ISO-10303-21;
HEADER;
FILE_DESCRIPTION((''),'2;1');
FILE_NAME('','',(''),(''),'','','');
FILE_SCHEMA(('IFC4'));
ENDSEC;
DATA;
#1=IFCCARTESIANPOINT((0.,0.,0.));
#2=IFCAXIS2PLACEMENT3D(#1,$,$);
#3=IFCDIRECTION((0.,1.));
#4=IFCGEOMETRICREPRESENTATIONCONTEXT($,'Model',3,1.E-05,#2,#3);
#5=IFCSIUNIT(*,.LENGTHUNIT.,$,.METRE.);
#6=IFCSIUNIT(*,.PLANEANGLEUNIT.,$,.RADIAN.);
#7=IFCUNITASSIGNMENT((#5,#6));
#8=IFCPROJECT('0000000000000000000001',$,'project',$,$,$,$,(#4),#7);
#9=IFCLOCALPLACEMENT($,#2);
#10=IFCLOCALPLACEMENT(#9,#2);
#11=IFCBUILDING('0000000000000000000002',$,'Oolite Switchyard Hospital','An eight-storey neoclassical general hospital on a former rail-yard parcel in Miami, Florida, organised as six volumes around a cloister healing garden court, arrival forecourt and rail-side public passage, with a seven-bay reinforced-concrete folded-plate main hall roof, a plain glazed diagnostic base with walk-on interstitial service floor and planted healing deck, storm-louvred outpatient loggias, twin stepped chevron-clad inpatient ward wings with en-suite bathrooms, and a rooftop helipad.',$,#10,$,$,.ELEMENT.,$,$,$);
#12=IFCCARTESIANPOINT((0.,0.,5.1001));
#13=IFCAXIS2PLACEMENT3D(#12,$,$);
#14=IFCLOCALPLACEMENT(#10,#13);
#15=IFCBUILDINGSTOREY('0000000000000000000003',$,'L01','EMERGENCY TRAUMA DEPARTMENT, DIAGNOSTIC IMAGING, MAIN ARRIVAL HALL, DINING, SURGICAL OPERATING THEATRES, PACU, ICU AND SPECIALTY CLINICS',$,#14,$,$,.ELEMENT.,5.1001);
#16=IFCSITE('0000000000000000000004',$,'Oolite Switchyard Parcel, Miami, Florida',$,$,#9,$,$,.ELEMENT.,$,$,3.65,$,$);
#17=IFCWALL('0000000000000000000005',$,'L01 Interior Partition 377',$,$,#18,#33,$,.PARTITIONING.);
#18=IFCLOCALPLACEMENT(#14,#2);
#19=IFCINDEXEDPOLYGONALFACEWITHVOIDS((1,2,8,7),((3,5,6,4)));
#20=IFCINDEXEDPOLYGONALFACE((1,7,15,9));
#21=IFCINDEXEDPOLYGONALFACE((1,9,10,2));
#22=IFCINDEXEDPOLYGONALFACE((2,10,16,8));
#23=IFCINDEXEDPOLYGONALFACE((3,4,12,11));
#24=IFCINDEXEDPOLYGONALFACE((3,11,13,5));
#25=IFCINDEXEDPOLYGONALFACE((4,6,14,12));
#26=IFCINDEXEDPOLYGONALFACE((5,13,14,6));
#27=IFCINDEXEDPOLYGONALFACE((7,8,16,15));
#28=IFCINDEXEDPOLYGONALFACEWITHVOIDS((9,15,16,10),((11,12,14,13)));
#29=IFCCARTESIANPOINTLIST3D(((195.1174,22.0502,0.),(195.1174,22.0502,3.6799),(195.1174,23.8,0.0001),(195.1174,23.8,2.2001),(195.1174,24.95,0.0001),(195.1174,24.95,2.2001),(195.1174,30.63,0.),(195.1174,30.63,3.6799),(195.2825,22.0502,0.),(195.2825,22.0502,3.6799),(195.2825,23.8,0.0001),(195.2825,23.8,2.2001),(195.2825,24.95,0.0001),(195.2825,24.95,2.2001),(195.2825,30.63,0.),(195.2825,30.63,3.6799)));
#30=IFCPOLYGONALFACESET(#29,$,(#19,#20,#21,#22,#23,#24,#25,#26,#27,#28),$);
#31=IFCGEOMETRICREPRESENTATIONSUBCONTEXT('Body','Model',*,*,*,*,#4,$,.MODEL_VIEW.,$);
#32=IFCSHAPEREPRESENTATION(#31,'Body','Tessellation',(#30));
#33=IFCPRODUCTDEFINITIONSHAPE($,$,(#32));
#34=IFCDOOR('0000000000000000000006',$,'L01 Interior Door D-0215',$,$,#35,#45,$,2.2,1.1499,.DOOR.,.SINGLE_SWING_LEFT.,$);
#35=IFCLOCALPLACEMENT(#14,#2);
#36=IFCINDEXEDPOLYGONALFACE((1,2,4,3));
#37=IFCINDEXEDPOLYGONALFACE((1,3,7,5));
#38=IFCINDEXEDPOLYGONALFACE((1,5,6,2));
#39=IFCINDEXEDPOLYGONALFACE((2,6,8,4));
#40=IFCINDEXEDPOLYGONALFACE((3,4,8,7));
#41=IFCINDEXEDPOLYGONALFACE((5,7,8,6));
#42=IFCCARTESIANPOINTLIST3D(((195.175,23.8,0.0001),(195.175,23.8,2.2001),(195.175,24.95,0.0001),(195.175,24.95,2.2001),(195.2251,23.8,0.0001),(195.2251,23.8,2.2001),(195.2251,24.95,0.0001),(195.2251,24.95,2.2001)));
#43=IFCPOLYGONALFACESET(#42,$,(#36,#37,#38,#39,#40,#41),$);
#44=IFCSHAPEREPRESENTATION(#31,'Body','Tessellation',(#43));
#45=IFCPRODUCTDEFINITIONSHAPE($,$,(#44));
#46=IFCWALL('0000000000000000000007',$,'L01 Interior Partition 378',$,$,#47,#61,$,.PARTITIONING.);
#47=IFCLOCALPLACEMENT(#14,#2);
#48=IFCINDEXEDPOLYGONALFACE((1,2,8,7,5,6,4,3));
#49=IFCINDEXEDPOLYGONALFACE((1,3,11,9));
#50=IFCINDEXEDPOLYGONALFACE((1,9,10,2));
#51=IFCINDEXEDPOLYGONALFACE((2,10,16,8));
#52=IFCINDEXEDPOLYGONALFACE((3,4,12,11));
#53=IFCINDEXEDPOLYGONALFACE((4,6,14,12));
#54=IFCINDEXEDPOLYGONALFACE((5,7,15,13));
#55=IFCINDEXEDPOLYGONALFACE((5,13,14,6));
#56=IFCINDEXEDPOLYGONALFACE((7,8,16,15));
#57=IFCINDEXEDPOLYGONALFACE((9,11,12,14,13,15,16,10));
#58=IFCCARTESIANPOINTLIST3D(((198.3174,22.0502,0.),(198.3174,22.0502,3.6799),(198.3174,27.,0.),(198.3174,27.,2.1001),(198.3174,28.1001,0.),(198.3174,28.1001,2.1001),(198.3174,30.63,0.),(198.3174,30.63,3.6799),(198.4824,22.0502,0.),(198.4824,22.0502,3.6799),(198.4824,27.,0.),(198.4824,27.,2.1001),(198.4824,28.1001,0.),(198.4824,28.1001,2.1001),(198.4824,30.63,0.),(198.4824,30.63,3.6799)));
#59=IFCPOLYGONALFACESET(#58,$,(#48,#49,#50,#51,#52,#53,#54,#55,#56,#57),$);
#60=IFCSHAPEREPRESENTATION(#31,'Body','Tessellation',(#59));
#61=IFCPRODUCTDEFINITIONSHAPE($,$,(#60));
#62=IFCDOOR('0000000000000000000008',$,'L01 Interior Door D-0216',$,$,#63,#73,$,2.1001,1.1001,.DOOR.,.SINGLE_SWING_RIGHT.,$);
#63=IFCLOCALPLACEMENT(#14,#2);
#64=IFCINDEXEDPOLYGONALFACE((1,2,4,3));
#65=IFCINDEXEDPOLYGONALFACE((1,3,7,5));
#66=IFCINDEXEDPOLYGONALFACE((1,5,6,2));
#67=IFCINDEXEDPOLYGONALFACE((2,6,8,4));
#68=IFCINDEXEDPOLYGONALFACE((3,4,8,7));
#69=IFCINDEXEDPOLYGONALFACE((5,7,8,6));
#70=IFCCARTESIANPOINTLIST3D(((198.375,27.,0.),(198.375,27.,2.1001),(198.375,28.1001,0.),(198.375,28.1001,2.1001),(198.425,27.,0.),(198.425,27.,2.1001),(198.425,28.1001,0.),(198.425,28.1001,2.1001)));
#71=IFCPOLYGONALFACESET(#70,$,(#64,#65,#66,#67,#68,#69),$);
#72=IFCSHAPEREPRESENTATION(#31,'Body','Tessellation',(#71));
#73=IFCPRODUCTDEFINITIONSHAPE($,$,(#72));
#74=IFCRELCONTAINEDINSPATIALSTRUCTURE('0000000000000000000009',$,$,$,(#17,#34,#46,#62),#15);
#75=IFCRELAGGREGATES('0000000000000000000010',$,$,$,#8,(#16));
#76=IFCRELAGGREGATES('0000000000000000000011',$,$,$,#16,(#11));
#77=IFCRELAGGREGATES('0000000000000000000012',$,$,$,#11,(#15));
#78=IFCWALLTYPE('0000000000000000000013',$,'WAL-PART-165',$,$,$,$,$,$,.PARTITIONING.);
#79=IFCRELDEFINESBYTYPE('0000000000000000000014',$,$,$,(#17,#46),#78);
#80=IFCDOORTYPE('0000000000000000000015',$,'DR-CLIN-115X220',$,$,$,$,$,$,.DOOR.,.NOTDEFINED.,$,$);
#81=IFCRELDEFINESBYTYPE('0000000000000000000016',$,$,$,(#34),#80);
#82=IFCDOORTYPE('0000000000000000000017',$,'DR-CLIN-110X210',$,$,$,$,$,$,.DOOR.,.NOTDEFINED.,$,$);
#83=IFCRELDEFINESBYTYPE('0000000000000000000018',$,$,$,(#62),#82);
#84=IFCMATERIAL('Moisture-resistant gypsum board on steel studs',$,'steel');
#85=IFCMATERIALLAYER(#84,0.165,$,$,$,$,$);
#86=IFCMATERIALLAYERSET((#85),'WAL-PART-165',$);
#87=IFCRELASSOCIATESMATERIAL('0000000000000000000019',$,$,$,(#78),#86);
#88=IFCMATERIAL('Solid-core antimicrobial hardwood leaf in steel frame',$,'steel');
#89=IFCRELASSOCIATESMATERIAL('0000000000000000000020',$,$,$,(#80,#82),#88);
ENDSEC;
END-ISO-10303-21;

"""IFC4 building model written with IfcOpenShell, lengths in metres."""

from ifc_helpers import new_model, si_unit, direction, frame, frame_2d, origin, place, context, subcontext, project, spatial, rectangle, extrude, material, layer, layer_set, type_object, element, fill, save


model = new_model("IFC4")

# Units and contexts
model_context = context("Model", 3, precision=1e-05, world=origin(), true_north=direction((0.0, 1.0)))
body_context = subcontext(model_context, "Body", "Model", "MODEL_VIEW")
ifc_project = project(units=[si_unit("LENGTHUNIT", "METRE"), si_unit("PLANEANGLEUNIT", "RADIAN")], contexts=[model_context])

# Site, building, storey
site_placement = place(None, origin())
site = spatial("IfcSite", under=ifc_project, at=site_placement, Name="Oolite Switchyard Parcel, Miami, Florida", CompositionType="ELEMENT", RefElevation=3.65)
building_placement = place(site_placement, origin())
building = spatial("IfcBuilding", under=site, at=building_placement, Name="Oolite Switchyard Hospital", Description="An eight-storey neoclassical general hospital on a former rail-yard parcel in Miami, Florida, organised as six volumes around a cloister healing garden court, arrival forecourt and rail-side public passage, with a seven-bay reinforced-concrete folded-plate main hall roof, a plain glazed diagnostic base with walk-on interstitial service floor and planted healing deck, storm-louvred outpatient loggias, twin stepped chevron-clad inpatient ward wings with en-suite bathrooms, and a rooftop helipad.", CompositionType="ELEMENT")
storey_placement = place(building_placement, frame((0.0, 0.0, 5.1001)))
storey = spatial("IfcBuildingStorey", under=building, at=storey_placement, Name="L01", Description="EMERGENCY TRAUMA DEPARTMENT, DIAGNOSTIC IMAGING, MAIN ARRIVAL HALL, DINING, SURGICAL OPERATING THEATRES, PACU, ICU AND SPECIALTY CLINICS", CompositionType="ELEMENT", Elevation=5.1001)

# Walls, openings, doors
ifc_material_1 = material(Name="Moisture-resistant gypsum board on steel studs", Category="steel")
ifc_layer_1 = layer(ifc_material_1, 0.165)
ifc_layer_set_1 = layer_set([ifc_layer_1], Name="WAL-PART-165")
wall_type = type_object("IfcWallType", Name="WAL-PART-165", PredefinedType="PARTITIONING", material=ifc_layer_set_1)
ifc_material_2 = material(Name="Solid-core antimicrobial hardwood leaf in steel frame", Category="steel")
door_type_1 = type_object("IfcDoorType", Name="DR-CLIN-115X220", OperationType="NOTDEFINED", PredefinedType="DOOR", material=ifc_material_2)
wall_1_placement = place(storey_placement, frame((195.2, 22.05, 0.0), z_axis=(0.0, 0.0, 1.0), x_axis=(0.0, 1.0, 0.0)))
wall_1 = element("IfcWall", 1, at=wall_1_placement, inside=storey, type_object=wall_type, Name="L01 Interior Partition 377", PredefinedType="PARTITIONING", context=body_context, shape_type="SweptSolid", body=[
    extrude(rectangle(XDim=8.5798, YDim=0.165, at=frame_2d((4.29, 0.0))), origin(), (0.0, 0.0, 1.0), 3.6799),
])
opening_1_placement = place(wall_1_placement, frame((1.75, 0.0, 0.0)))
opening_1 = element("IfcOpeningElement", 2, at=opening_1_placement, cuts=wall_1, PredefinedType="OPENING", context=body_context, shape_type="SweptSolid", body=[
    extrude(rectangle(XDim=1.1499, YDim=2.2, at=frame_2d((0.575, 1.1001))), frame((0.0, 0.0925, 0.0), z_axis=(0.0, -1.0, 0.0), x_axis=(1.0, 0.0, 0.0)), (0.0, 0.0, 1.0), 0.1851),
])
door_1_placement = place(opening_1_placement, origin())
door_1 = element("IfcDoor", 3, at=door_1_placement, inside=storey, type_object=door_type_1, Name="L01 Interior Door D-0215", OperationType="SINGLE_SWING_LEFT", OverallHeight=2.2, OverallWidth=1.1499, PredefinedType="DOOR", context=body_context, shape_type="SweptSolid", body=[
    extrude(rectangle(XDim=1.1499, YDim=2.2, at=frame_2d((0.575, 1.1001))), frame((0.0, 0.0249, 0.0), z_axis=(0.0, -1.0, 0.0), x_axis=(1.0, 0.0, 0.0)), (0.0, 0.0, 1.0), 0.05),
])
fill(opening_1, door_1)
wall_2_placement = place(storey_placement, frame((198.3999, 22.05, 0.0), z_axis=(0.0, 0.0, 1.0), x_axis=(0.0, 1.0, 0.0)))
wall_2 = element("IfcWall", 4, at=wall_2_placement, inside=storey, type_object=wall_type, Name="L01 Interior Partition 378", PredefinedType="PARTITIONING", context=body_context, shape_type="SweptSolid", body=[
    extrude(rectangle(XDim=8.5798, YDim=0.165, at=frame_2d((4.29, 0.0))), origin(), (0.0, 0.0, 1.0), 3.6799),
])
opening_2_placement = place(wall_2_placement, frame((4.95, 0.0, 0.0)))
opening_2 = element("IfcOpeningElement", 5, at=opening_2_placement, cuts=wall_2, PredefinedType="OPENING", context=body_context, shape_type="SweptSolid", body=[
    extrude(rectangle(XDim=1.1001, YDim=2.1001, at=frame_2d((0.55, 1.05))), frame((0.0, 0.0925, 0.0), z_axis=(0.0, -1.0, 0.0), x_axis=(1.0, 0.0, 0.0)), (0.0, 0.0, 1.0), 0.1851),
])
door_type_2 = type_object("IfcDoorType", Name="DR-CLIN-110X210", OperationType="NOTDEFINED", PredefinedType="DOOR", material=ifc_material_2)
door_2_placement = place(opening_2_placement, origin())
door_2 = element("IfcDoor", 6, at=door_2_placement, inside=storey, type_object=door_type_2, Name="L01 Interior Door D-0216", OperationType="SINGLE_SWING_RIGHT", OverallHeight=2.1001, OverallWidth=1.1001, PredefinedType="DOOR", context=body_context, shape_type="SweptSolid", body=[
    extrude(rectangle(XDim=1.1001, YDim=2.1001, at=frame_2d((0.55, 1.05))), frame((0.0, 0.0249, 0.0), z_axis=(0.0, -1.0, 0.0), x_axis=(1.0, 0.0, 0.0)), (0.0, 0.0, 1.0), 0.05),
])
fill(opening_2, door_2)

save(model, "model.ifc")
